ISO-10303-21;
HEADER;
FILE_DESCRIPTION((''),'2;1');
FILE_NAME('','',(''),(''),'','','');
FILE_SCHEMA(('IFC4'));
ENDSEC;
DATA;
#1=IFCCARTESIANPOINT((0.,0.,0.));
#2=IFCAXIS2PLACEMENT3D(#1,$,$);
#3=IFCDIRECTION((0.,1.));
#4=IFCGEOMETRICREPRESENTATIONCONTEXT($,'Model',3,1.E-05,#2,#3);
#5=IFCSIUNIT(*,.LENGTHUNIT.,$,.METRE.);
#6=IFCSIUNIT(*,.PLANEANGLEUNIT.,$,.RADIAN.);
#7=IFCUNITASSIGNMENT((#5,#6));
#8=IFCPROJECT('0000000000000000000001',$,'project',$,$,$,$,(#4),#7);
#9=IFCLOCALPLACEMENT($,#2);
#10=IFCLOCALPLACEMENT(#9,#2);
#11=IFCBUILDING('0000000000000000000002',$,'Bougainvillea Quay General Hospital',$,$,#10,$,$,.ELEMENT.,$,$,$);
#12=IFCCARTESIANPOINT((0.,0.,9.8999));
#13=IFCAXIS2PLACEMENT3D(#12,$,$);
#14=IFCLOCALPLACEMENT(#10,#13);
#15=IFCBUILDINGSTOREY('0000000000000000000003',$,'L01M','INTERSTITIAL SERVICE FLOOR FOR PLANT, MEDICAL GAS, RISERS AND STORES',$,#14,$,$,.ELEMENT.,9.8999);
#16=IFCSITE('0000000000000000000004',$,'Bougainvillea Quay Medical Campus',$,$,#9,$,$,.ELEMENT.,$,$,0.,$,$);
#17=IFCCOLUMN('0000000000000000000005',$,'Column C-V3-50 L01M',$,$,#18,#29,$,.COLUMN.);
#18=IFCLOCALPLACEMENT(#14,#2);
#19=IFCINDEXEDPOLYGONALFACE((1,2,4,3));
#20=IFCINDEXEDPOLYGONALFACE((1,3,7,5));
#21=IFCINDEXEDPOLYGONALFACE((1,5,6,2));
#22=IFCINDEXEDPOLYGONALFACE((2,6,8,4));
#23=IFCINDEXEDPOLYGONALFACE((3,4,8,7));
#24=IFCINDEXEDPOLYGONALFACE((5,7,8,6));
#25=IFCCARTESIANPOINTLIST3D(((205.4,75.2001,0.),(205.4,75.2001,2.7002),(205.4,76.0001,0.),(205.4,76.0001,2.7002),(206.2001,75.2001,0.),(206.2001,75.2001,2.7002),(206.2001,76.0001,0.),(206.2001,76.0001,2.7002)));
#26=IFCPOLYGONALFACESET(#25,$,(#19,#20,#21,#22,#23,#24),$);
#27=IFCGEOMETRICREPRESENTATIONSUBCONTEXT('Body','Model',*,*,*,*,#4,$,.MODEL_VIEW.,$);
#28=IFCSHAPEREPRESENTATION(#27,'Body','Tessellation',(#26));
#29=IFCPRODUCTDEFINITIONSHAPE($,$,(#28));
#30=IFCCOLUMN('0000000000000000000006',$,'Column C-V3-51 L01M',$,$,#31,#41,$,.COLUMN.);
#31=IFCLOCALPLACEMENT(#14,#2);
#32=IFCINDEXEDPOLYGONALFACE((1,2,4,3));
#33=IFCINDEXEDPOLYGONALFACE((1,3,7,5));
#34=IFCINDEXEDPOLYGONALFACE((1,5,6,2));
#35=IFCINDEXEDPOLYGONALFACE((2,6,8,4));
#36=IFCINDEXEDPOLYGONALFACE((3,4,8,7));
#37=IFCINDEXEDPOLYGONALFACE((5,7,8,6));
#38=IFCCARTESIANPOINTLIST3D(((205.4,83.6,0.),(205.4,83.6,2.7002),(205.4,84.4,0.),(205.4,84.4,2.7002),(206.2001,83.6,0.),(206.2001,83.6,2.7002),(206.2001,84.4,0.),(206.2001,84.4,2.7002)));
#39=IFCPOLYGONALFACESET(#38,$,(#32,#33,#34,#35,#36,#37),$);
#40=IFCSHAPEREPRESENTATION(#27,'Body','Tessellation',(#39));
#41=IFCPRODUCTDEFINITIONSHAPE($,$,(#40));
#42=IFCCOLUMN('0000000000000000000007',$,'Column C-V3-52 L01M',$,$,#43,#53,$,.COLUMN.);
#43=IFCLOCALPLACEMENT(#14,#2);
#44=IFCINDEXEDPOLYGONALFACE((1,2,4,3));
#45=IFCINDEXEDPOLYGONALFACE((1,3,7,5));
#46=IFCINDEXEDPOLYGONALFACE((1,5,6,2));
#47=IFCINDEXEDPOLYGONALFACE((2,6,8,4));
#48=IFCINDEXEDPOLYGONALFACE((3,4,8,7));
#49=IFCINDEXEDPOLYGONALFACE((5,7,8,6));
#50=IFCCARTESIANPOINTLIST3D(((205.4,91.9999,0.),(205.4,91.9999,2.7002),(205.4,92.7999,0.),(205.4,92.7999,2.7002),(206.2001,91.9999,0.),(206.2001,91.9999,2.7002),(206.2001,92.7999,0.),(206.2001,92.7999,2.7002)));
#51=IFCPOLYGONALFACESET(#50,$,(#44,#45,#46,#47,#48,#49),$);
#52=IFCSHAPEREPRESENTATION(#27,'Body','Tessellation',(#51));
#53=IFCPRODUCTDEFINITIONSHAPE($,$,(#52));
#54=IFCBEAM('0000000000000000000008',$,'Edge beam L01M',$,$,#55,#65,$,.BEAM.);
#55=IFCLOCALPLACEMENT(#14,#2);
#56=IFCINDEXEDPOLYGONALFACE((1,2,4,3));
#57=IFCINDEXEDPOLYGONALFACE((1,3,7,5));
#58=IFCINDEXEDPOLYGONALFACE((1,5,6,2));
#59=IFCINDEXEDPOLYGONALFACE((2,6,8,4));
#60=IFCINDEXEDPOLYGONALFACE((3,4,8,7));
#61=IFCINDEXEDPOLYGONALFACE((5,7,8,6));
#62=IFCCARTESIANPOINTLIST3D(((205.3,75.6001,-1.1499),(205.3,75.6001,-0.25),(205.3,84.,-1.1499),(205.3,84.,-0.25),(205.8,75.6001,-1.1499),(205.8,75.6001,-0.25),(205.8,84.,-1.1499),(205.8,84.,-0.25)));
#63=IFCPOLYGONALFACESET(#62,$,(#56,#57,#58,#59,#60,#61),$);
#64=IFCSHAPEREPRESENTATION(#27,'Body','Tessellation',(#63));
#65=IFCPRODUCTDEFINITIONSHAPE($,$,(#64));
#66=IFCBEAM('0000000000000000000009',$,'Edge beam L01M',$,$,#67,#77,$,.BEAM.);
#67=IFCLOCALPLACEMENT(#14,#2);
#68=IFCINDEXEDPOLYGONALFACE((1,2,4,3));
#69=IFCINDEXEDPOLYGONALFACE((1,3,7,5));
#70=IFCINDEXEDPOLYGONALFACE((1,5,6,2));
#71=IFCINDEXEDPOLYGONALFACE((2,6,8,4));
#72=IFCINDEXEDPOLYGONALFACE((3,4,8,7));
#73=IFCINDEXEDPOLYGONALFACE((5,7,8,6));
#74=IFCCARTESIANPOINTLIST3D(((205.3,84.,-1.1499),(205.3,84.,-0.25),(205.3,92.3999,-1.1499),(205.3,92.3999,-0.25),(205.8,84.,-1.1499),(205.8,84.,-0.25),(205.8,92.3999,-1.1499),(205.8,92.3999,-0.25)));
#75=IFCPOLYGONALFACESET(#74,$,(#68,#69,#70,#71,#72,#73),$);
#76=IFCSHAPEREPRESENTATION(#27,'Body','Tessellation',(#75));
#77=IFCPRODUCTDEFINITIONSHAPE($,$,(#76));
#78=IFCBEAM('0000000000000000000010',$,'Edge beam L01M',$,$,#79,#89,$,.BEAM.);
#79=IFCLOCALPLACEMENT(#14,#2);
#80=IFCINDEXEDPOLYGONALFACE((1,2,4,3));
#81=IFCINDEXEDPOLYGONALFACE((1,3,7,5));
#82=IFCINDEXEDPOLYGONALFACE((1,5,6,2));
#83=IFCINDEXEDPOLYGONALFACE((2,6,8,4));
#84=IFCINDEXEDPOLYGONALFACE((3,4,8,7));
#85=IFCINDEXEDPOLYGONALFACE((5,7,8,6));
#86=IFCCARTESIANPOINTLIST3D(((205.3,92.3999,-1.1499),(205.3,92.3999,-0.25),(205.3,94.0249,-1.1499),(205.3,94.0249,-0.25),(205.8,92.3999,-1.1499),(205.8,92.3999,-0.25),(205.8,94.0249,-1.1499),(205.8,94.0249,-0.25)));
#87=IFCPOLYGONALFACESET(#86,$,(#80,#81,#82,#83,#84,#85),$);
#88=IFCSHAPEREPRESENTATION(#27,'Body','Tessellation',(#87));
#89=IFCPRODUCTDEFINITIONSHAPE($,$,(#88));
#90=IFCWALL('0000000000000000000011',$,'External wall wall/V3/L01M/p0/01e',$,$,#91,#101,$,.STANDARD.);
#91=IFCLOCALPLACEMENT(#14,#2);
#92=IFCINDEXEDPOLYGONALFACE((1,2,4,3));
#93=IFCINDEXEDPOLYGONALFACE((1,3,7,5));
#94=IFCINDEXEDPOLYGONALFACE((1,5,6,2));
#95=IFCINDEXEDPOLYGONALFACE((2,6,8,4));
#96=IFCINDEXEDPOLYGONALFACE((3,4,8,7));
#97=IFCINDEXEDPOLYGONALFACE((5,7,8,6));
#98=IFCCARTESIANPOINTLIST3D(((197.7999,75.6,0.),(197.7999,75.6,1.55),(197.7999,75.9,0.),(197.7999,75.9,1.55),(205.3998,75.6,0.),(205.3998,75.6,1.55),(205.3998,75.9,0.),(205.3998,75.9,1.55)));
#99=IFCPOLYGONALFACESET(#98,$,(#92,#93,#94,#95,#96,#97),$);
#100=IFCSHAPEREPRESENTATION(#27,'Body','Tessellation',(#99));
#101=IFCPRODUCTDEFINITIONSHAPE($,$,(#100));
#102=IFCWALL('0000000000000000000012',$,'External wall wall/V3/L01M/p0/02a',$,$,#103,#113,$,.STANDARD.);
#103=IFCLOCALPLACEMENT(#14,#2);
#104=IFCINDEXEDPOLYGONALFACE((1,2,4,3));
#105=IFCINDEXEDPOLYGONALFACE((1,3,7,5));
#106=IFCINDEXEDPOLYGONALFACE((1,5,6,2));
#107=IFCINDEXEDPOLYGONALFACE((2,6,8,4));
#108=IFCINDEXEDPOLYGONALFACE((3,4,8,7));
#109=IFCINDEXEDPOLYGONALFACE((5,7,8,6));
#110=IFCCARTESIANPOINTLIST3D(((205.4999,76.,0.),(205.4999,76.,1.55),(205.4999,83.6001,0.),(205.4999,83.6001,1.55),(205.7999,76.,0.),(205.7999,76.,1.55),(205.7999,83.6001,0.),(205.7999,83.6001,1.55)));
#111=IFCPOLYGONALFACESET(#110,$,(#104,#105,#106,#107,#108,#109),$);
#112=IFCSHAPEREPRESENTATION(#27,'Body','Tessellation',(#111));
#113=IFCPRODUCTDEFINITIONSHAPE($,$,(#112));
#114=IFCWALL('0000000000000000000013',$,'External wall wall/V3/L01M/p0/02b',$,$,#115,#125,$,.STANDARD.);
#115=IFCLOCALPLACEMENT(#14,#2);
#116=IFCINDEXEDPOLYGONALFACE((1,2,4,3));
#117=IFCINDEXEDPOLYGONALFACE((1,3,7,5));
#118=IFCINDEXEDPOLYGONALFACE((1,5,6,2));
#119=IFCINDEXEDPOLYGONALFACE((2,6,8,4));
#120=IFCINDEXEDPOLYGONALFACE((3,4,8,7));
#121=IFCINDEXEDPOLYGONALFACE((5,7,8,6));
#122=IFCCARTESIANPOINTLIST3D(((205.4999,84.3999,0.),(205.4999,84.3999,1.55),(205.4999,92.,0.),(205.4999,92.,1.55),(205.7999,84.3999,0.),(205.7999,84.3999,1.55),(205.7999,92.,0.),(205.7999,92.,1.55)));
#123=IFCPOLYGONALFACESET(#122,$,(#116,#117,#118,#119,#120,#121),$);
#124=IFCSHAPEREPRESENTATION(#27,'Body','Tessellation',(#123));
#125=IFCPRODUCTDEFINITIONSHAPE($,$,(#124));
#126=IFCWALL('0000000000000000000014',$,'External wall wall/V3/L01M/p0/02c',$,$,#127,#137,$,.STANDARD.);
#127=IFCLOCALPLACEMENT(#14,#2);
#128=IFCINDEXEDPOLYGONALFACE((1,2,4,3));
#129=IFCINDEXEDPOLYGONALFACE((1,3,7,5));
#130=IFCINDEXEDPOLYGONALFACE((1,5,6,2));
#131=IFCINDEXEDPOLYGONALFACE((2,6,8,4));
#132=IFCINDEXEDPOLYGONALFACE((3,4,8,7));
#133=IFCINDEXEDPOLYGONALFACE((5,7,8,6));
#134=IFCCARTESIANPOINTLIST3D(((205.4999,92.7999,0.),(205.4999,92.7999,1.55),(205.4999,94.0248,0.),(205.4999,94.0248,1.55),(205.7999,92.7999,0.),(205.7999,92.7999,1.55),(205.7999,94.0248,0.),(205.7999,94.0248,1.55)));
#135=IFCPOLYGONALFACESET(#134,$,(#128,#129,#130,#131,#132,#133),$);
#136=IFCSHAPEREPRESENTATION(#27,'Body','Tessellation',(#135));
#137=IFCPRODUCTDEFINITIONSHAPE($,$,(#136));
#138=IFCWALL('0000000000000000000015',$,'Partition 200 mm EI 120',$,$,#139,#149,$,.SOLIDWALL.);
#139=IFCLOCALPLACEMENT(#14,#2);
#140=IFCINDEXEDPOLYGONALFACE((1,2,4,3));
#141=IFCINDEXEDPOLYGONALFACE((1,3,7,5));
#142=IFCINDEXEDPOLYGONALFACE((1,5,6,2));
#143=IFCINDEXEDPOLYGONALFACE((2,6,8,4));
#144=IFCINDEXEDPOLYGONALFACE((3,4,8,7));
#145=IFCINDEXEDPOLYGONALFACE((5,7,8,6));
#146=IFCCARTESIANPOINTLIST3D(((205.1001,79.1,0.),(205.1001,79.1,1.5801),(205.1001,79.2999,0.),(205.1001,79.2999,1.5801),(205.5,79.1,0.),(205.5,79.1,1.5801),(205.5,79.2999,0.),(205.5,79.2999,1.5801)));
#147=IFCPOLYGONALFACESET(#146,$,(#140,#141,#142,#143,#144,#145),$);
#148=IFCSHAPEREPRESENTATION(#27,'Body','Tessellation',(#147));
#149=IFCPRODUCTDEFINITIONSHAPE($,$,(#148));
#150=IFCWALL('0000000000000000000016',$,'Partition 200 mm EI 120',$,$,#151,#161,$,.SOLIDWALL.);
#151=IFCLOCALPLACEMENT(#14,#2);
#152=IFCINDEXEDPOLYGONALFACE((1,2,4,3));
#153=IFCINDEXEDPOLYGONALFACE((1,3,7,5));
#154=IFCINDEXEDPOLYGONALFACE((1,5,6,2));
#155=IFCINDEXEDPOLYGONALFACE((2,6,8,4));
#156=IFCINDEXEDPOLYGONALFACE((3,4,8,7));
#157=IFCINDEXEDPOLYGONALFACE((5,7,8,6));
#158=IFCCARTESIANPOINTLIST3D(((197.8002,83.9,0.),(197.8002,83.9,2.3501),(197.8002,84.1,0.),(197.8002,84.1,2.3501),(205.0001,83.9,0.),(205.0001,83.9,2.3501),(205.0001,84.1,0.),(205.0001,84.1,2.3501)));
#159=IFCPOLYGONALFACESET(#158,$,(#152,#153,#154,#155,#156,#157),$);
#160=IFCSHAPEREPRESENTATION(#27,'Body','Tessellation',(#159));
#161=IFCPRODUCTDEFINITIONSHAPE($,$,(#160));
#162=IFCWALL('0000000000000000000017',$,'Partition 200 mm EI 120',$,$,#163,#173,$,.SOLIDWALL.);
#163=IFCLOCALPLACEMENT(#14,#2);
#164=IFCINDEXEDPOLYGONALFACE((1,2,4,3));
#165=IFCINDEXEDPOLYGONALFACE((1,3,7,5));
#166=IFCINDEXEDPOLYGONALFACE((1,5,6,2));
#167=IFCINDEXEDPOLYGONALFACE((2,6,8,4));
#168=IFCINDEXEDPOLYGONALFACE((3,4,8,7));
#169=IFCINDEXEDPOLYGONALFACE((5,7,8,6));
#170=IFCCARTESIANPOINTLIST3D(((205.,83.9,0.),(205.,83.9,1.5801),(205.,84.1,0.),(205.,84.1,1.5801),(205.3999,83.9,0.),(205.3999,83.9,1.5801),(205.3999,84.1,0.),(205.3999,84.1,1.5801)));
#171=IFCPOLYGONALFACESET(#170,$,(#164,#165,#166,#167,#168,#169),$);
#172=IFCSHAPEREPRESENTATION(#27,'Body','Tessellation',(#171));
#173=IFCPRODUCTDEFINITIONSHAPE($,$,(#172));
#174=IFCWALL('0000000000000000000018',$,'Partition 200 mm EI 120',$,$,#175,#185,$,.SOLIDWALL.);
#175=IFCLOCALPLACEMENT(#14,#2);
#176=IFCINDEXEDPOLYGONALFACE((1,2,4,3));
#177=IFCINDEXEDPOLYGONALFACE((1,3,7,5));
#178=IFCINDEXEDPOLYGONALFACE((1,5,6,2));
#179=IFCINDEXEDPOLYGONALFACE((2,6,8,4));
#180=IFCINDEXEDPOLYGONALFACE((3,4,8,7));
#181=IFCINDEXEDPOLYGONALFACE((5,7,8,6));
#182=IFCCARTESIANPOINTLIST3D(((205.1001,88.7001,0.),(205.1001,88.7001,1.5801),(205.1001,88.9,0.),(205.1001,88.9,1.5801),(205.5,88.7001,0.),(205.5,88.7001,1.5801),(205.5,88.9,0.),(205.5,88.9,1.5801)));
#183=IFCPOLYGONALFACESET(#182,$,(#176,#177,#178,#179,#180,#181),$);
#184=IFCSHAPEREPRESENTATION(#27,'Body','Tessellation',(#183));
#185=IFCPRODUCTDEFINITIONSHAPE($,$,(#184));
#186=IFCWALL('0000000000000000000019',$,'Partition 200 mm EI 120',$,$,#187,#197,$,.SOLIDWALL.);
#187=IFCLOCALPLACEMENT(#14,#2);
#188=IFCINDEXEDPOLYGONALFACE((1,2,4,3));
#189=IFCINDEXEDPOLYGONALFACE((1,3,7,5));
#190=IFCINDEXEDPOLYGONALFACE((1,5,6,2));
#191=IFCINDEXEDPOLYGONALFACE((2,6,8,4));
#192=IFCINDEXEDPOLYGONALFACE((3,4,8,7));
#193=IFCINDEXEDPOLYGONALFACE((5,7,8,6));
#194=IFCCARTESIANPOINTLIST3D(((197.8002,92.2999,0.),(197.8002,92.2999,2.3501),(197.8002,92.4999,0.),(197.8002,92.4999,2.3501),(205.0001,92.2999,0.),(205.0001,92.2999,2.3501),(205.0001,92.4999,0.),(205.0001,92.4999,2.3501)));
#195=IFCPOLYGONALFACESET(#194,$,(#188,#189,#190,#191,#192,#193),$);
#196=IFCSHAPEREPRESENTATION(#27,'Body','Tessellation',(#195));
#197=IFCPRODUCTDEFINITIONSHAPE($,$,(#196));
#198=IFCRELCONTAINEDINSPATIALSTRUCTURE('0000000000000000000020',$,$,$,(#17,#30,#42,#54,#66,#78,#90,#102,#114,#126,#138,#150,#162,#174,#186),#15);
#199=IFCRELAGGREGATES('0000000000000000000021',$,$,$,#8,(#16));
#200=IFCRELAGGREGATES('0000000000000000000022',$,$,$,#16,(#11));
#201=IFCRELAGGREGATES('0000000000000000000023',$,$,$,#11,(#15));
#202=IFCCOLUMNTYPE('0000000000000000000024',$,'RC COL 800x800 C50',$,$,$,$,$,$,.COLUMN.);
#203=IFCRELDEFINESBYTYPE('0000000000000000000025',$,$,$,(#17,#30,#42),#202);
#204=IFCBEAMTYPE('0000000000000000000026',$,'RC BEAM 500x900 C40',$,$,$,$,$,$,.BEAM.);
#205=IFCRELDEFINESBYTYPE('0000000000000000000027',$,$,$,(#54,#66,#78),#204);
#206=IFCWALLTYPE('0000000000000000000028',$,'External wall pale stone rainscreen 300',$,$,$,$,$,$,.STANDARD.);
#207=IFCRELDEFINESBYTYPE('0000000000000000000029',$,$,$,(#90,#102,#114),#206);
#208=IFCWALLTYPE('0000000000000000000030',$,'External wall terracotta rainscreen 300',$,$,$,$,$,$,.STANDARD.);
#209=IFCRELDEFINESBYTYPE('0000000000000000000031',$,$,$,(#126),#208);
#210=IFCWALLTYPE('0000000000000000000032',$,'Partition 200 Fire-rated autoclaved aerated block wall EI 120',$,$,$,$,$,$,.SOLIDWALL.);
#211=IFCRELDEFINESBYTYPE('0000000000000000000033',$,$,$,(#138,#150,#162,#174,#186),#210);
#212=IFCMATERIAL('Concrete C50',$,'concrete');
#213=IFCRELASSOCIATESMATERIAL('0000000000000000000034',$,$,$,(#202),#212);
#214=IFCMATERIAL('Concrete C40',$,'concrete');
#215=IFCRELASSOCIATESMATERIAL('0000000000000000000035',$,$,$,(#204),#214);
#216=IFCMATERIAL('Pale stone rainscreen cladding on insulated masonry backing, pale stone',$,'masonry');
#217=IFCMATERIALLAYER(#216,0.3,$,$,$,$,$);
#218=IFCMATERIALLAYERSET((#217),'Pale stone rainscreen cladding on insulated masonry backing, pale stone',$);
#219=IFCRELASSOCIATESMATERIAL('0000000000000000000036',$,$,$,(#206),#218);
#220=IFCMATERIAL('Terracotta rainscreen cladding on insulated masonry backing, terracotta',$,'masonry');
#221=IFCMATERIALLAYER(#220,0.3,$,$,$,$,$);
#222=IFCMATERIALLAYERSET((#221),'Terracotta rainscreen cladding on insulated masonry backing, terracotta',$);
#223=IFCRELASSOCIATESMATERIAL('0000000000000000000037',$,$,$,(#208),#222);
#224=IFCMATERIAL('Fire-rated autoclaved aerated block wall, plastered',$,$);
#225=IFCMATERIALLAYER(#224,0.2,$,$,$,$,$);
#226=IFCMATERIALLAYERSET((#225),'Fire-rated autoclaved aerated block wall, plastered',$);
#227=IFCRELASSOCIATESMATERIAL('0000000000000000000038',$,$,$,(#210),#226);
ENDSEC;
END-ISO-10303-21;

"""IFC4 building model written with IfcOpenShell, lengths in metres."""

from ifc_helpers import new_model, si_unit, direction, frame, frame_2d, origin, origin_2d, place, context, subcontext, project, spatial, rectangle, extrude, material, layer, layer_set, material_profile, profile_set, type_object, element, save


model = new_model("IFC4")

# Units and contexts
model_context = context("Model", 3, precision=1e-05, world=origin(), true_north=direction((0.0, 1.0)))
body_context = subcontext(model_context, "Body", "Model", "MODEL_VIEW")
ifc_project = project(units=[si_unit("LENGTHUNIT", "METRE"), si_unit("PLANEANGLEUNIT", "RADIAN")], contexts=[model_context])

# Site, building, storey
site_placement = place(None, origin())
site = spatial("IfcSite", under=ifc_project, at=site_placement, Name="Bougainvillea Quay Medical Campus", CompositionType="ELEMENT", RefElevation=0.0)
building_placement = place(site_placement, origin())
building = spatial("IfcBuilding", under=site, at=building_placement, Name="Bougainvillea Quay General Hospital", CompositionType="ELEMENT")
storey_placement = place(building_placement, frame((0.0, 0.0, 9.8999)))
storey = spatial("IfcBuildingStorey", under=building, at=storey_placement, Name="L01M", Description="INTERSTITIAL SERVICE FLOOR FOR PLANT, MEDICAL GAS, RISERS AND STORES", CompositionType="ELEMENT", Elevation=9.8999)

# Columns
ifc_material_1 = material(Name="Concrete C50", Category="concrete")
ifc_material_profile_1 = material_profile(ifc_material_1, rectangle(XDim=0.8, YDim=0.8, at=origin_2d()))
ifc_profile_set_1 = profile_set([ifc_material_profile_1], Name="Concrete C50")
column_type = type_object("IfcColumnType", Name="RC COL 800x800 C50", PredefinedType="COLUMN", material=ifc_profile_set_1)
for number, where, z_axis, x_axis, name in (
    (1, (205.8, 75.6001, 0.0), (0.0, 0.0, 1.0), (1.0, 0.0, 0.0), "Column C-V3-50 L01M"),
    (2, (205.8, 84.0, 0.0), (0.0, 0.0, 1.0), (1.0, 0.0, 0.0), "Column C-V3-51 L01M"),
    (3, (205.8, 92.3999, 0.0), (0.0, 0.0, 1.0), (1.0, 0.0, 0.0), "Column C-V3-52 L01M"),
):
    element("IfcColumn", number, at=place(storey_placement, frame(where, z_axis=z_axis, x_axis=x_axis)), inside=storey, type_object=column_type, Name=name, PredefinedType="COLUMN", context=body_context, shape_type="SweptSolid", body=[
        extrude(rectangle(XDim=0.8, YDim=0.8, at=origin_2d()), origin(), (0.0, 0.0, 1.0), 2.7002),
    ])

# Beams
ifc_material_2 = material(Name="Concrete C40", Category="concrete")
ifc_material_profile_2 = material_profile(ifc_material_2, rectangle(XDim=0.5, YDim=0.8999, at=origin_2d()))
ifc_profile_set_2 = profile_set([ifc_material_profile_2], Name="Concrete C40")
beam_type = type_object("IfcBeamType", Name="RC BEAM 500x900 C40", PredefinedType="BEAM", material=ifc_profile_set_2)
for number, where, z_axis, x_axis, name in (
    (4, (205.55, 75.6001, -0.7), (0.0, 1.0, 0.0), (-1.0, 0.0, 0.0), "Edge beam L01M"),
    (5, (205.55, 84.0, -0.7), (0.0, 1.0, 0.0), (-1.0, 0.0, 0.0), "Edge beam L01M"),
):
    element("IfcBeam", number, at=place(storey_placement, frame(where, z_axis=z_axis, x_axis=x_axis)), inside=storey, type_object=beam_type, Name=name, PredefinedType="BEAM", context=body_context, shape_type="SweptSolid", body=[
        extrude(rectangle(XDim=0.5, YDim=0.8999, at=origin_2d()), origin(), (0.0, 0.0, 1.0), 8.3999),
    ])
beam_placement = place(storey_placement, frame((205.55, 92.3999, -0.7), z_axis=(0.0, 1.0, 0.0), x_axis=(-1.0, 0.0, 0.0)))
element("IfcBeam", 6, at=beam_placement, inside=storey, type_object=beam_type, Name="Edge beam L01M", PredefinedType="BEAM", context=body_context, shape_type="SweptSolid", body=[
    extrude(rectangle(XDim=0.5, YDim=0.8999, at=origin_2d()), origin(), (0.0, 0.0, 1.0), 1.625),
])

# Walls
ifc_material_3 = material(Name="Pale stone rainscreen cladding on insulated masonry backing, pale stone", Category="masonry")
ifc_layer_1 = layer(ifc_material_3, 0.3)
ifc_layer_set_1 = layer_set([ifc_layer_1], Name="Pale stone rainscreen cladding on insulated masonry backing, pale stone")
wall_type_1 = type_object("IfcWallType", Name="External wall pale stone rainscreen 300", PredefinedType="STANDARD", material=ifc_layer_set_1)
wall_1_placement = place(storey_placement, frame((197.8, 75.75, 0.0), z_axis=(0.0, 0.0, 1.0), x_axis=(1.0, 0.0, 0.0)))
element("IfcWall", 7, at=wall_1_placement, inside=storey, type_object=wall_type_1, Name="External wall wall/V3/L01M/p0/01e", PredefinedType="STANDARD", context=body_context, shape_type="SweptSolid", body=[
    extrude(rectangle(XDim=7.5999, YDim=0.3, at=frame_2d((3.7998, 0.0))), origin(), (0.0, 0.0, 1.0), 1.55),
])
for number, where, z_axis, x_axis, name in (
    (8, (205.6499, 76.0, 0.0), (0.0, 0.0, 1.0), (0.0, 1.0, 0.0), "External wall wall/V3/L01M/p0/02a"),
    (9, (205.6499, 84.3999, 0.0), (0.0, 0.0, 1.0), (0.0, 1.0, 0.0), "External wall wall/V3/L01M/p0/02b"),
):
    element("IfcWall", number, at=place(storey_placement, frame(where, z_axis=z_axis, x_axis=x_axis)), inside=storey, type_object=wall_type_1, Name=name, PredefinedType="STANDARD", context=body_context, shape_type="SweptSolid", body=[
        extrude(rectangle(XDim=7.6001, YDim=0.3, at=frame_2d((3.8, 0.0))), origin(), (0.0, 0.0, 1.0), 1.55),
    ])
ifc_material_4 = material(Name="Terracotta rainscreen cladding on insulated masonry backing, terracotta", Category="masonry")
ifc_layer_2 = layer(ifc_material_4, 0.3)
ifc_layer_set_2 = layer_set([ifc_layer_2], Name="Terracotta rainscreen cladding on insulated masonry backing, terracotta")
wall_type_2 = type_object("IfcWallType", Name="External wall terracotta rainscreen 300", PredefinedType="STANDARD", material=ifc_layer_set_2)
wall_2_placement = place(storey_placement, frame((205.6499, 92.8, 0.0), z_axis=(0.0, 0.0, 1.0), x_axis=(0.0, 1.0, 0.0)))
element("IfcWall", 10, at=wall_2_placement, inside=storey, type_object=wall_type_2, Name="External wall wall/V3/L01M/p0/02c", PredefinedType="STANDARD", context=body_context, shape_type="SweptSolid", body=[
    extrude(rectangle(XDim=1.2249, YDim=0.3, at=frame_2d((0.6123, 0.0))), origin(), (0.0, 0.0, 1.0), 1.55),
])
ifc_material_5 = material(Name="Fire-rated autoclaved aerated block wall, plastered")
ifc_layer_3 = layer(ifc_material_5, 0.2)
ifc_layer_set_3 = layer_set([ifc_layer_3], Name="Fire-rated autoclaved aerated block wall, plastered")
wall_type_3 = type_object("IfcWallType", Name="Partition 200 Fire-rated autoclaved aerated block wall EI 120", PredefinedType="SOLIDWALL", material=ifc_layer_set_3)
wall_3_placement = place(storey_placement, frame((205.1001, 79.2, 0.0), z_axis=(0.0, 0.0, 1.0), x_axis=(1.0, 0.0, 0.0)))
element("IfcWall", 11, at=wall_3_placement, inside=storey, type_object=wall_type_3, Name="Partition 200 mm EI 120", PredefinedType="SOLIDWALL", context=body_context, shape_type="SweptSolid", body=[
    extrude(rectangle(XDim=0.3999, YDim=0.2, at=frame_2d((0.2, 0.0))), origin(), (0.0, 0.0, 1.0), 1.5801),
])
wall_4_placement = place(storey_placement, frame((197.8, 84.0, 0.0), z_axis=(0.0, 0.0, 1.0), x_axis=(1.0, 0.0, 0.0)))
element("IfcWall", 12, at=wall_4_placement, inside=storey, type_object=wall_type_3, Name="Partition 200 mm EI 120", PredefinedType="SOLIDWALL", context=body_context, shape_type="SweptSolid", body=[
    extrude(rectangle(XDim=7.2, YDim=0.2, at=frame_2d((3.6001, 0.0))), origin(), (0.0, 0.0, 1.0), 2.3501),
])
for number, where, z_axis, x_axis, name in (
    (13, (205.0, 84.0, 0.0), (0.0, 0.0, 1.0), (1.0, 0.0, 0.0), "Partition 200 mm EI 120"),
    (14, (205.1001, 88.8, 0.0), (0.0, 0.0, 1.0), (1.0, 0.0, 0.0), "Partition 200 mm EI 120"),
):
    element("IfcWall", number, at=place(storey_placement, frame(where, z_axis=z_axis, x_axis=x_axis)), inside=storey, type_object=wall_type_3, Name=name, PredefinedType="SOLIDWALL", context=body_context, shape_type="SweptSolid", body=[
        extrude(rectangle(XDim=0.3999, YDim=0.2, at=frame_2d((0.2, 0.0))), origin(), (0.0, 0.0, 1.0), 1.5801),
    ])
wall_5_placement = place(storey_placement, frame((197.8, 92.3999, 0.0), z_axis=(0.0, 0.0, 1.0), x_axis=(1.0, 0.0, 0.0)))
element("IfcWall", 15, at=wall_5_placement, inside=storey, type_object=wall_type_3, Name="Partition 200 mm EI 120", PredefinedType="SOLIDWALL", context=body_context, shape_type="SweptSolid", body=[
    extrude(rectangle(XDim=7.2, YDim=0.2, at=frame_2d((3.6001, 0.0))), origin(), (0.0, 0.0, 1.0), 2.3501),
])

save(model, "model.ifc")
